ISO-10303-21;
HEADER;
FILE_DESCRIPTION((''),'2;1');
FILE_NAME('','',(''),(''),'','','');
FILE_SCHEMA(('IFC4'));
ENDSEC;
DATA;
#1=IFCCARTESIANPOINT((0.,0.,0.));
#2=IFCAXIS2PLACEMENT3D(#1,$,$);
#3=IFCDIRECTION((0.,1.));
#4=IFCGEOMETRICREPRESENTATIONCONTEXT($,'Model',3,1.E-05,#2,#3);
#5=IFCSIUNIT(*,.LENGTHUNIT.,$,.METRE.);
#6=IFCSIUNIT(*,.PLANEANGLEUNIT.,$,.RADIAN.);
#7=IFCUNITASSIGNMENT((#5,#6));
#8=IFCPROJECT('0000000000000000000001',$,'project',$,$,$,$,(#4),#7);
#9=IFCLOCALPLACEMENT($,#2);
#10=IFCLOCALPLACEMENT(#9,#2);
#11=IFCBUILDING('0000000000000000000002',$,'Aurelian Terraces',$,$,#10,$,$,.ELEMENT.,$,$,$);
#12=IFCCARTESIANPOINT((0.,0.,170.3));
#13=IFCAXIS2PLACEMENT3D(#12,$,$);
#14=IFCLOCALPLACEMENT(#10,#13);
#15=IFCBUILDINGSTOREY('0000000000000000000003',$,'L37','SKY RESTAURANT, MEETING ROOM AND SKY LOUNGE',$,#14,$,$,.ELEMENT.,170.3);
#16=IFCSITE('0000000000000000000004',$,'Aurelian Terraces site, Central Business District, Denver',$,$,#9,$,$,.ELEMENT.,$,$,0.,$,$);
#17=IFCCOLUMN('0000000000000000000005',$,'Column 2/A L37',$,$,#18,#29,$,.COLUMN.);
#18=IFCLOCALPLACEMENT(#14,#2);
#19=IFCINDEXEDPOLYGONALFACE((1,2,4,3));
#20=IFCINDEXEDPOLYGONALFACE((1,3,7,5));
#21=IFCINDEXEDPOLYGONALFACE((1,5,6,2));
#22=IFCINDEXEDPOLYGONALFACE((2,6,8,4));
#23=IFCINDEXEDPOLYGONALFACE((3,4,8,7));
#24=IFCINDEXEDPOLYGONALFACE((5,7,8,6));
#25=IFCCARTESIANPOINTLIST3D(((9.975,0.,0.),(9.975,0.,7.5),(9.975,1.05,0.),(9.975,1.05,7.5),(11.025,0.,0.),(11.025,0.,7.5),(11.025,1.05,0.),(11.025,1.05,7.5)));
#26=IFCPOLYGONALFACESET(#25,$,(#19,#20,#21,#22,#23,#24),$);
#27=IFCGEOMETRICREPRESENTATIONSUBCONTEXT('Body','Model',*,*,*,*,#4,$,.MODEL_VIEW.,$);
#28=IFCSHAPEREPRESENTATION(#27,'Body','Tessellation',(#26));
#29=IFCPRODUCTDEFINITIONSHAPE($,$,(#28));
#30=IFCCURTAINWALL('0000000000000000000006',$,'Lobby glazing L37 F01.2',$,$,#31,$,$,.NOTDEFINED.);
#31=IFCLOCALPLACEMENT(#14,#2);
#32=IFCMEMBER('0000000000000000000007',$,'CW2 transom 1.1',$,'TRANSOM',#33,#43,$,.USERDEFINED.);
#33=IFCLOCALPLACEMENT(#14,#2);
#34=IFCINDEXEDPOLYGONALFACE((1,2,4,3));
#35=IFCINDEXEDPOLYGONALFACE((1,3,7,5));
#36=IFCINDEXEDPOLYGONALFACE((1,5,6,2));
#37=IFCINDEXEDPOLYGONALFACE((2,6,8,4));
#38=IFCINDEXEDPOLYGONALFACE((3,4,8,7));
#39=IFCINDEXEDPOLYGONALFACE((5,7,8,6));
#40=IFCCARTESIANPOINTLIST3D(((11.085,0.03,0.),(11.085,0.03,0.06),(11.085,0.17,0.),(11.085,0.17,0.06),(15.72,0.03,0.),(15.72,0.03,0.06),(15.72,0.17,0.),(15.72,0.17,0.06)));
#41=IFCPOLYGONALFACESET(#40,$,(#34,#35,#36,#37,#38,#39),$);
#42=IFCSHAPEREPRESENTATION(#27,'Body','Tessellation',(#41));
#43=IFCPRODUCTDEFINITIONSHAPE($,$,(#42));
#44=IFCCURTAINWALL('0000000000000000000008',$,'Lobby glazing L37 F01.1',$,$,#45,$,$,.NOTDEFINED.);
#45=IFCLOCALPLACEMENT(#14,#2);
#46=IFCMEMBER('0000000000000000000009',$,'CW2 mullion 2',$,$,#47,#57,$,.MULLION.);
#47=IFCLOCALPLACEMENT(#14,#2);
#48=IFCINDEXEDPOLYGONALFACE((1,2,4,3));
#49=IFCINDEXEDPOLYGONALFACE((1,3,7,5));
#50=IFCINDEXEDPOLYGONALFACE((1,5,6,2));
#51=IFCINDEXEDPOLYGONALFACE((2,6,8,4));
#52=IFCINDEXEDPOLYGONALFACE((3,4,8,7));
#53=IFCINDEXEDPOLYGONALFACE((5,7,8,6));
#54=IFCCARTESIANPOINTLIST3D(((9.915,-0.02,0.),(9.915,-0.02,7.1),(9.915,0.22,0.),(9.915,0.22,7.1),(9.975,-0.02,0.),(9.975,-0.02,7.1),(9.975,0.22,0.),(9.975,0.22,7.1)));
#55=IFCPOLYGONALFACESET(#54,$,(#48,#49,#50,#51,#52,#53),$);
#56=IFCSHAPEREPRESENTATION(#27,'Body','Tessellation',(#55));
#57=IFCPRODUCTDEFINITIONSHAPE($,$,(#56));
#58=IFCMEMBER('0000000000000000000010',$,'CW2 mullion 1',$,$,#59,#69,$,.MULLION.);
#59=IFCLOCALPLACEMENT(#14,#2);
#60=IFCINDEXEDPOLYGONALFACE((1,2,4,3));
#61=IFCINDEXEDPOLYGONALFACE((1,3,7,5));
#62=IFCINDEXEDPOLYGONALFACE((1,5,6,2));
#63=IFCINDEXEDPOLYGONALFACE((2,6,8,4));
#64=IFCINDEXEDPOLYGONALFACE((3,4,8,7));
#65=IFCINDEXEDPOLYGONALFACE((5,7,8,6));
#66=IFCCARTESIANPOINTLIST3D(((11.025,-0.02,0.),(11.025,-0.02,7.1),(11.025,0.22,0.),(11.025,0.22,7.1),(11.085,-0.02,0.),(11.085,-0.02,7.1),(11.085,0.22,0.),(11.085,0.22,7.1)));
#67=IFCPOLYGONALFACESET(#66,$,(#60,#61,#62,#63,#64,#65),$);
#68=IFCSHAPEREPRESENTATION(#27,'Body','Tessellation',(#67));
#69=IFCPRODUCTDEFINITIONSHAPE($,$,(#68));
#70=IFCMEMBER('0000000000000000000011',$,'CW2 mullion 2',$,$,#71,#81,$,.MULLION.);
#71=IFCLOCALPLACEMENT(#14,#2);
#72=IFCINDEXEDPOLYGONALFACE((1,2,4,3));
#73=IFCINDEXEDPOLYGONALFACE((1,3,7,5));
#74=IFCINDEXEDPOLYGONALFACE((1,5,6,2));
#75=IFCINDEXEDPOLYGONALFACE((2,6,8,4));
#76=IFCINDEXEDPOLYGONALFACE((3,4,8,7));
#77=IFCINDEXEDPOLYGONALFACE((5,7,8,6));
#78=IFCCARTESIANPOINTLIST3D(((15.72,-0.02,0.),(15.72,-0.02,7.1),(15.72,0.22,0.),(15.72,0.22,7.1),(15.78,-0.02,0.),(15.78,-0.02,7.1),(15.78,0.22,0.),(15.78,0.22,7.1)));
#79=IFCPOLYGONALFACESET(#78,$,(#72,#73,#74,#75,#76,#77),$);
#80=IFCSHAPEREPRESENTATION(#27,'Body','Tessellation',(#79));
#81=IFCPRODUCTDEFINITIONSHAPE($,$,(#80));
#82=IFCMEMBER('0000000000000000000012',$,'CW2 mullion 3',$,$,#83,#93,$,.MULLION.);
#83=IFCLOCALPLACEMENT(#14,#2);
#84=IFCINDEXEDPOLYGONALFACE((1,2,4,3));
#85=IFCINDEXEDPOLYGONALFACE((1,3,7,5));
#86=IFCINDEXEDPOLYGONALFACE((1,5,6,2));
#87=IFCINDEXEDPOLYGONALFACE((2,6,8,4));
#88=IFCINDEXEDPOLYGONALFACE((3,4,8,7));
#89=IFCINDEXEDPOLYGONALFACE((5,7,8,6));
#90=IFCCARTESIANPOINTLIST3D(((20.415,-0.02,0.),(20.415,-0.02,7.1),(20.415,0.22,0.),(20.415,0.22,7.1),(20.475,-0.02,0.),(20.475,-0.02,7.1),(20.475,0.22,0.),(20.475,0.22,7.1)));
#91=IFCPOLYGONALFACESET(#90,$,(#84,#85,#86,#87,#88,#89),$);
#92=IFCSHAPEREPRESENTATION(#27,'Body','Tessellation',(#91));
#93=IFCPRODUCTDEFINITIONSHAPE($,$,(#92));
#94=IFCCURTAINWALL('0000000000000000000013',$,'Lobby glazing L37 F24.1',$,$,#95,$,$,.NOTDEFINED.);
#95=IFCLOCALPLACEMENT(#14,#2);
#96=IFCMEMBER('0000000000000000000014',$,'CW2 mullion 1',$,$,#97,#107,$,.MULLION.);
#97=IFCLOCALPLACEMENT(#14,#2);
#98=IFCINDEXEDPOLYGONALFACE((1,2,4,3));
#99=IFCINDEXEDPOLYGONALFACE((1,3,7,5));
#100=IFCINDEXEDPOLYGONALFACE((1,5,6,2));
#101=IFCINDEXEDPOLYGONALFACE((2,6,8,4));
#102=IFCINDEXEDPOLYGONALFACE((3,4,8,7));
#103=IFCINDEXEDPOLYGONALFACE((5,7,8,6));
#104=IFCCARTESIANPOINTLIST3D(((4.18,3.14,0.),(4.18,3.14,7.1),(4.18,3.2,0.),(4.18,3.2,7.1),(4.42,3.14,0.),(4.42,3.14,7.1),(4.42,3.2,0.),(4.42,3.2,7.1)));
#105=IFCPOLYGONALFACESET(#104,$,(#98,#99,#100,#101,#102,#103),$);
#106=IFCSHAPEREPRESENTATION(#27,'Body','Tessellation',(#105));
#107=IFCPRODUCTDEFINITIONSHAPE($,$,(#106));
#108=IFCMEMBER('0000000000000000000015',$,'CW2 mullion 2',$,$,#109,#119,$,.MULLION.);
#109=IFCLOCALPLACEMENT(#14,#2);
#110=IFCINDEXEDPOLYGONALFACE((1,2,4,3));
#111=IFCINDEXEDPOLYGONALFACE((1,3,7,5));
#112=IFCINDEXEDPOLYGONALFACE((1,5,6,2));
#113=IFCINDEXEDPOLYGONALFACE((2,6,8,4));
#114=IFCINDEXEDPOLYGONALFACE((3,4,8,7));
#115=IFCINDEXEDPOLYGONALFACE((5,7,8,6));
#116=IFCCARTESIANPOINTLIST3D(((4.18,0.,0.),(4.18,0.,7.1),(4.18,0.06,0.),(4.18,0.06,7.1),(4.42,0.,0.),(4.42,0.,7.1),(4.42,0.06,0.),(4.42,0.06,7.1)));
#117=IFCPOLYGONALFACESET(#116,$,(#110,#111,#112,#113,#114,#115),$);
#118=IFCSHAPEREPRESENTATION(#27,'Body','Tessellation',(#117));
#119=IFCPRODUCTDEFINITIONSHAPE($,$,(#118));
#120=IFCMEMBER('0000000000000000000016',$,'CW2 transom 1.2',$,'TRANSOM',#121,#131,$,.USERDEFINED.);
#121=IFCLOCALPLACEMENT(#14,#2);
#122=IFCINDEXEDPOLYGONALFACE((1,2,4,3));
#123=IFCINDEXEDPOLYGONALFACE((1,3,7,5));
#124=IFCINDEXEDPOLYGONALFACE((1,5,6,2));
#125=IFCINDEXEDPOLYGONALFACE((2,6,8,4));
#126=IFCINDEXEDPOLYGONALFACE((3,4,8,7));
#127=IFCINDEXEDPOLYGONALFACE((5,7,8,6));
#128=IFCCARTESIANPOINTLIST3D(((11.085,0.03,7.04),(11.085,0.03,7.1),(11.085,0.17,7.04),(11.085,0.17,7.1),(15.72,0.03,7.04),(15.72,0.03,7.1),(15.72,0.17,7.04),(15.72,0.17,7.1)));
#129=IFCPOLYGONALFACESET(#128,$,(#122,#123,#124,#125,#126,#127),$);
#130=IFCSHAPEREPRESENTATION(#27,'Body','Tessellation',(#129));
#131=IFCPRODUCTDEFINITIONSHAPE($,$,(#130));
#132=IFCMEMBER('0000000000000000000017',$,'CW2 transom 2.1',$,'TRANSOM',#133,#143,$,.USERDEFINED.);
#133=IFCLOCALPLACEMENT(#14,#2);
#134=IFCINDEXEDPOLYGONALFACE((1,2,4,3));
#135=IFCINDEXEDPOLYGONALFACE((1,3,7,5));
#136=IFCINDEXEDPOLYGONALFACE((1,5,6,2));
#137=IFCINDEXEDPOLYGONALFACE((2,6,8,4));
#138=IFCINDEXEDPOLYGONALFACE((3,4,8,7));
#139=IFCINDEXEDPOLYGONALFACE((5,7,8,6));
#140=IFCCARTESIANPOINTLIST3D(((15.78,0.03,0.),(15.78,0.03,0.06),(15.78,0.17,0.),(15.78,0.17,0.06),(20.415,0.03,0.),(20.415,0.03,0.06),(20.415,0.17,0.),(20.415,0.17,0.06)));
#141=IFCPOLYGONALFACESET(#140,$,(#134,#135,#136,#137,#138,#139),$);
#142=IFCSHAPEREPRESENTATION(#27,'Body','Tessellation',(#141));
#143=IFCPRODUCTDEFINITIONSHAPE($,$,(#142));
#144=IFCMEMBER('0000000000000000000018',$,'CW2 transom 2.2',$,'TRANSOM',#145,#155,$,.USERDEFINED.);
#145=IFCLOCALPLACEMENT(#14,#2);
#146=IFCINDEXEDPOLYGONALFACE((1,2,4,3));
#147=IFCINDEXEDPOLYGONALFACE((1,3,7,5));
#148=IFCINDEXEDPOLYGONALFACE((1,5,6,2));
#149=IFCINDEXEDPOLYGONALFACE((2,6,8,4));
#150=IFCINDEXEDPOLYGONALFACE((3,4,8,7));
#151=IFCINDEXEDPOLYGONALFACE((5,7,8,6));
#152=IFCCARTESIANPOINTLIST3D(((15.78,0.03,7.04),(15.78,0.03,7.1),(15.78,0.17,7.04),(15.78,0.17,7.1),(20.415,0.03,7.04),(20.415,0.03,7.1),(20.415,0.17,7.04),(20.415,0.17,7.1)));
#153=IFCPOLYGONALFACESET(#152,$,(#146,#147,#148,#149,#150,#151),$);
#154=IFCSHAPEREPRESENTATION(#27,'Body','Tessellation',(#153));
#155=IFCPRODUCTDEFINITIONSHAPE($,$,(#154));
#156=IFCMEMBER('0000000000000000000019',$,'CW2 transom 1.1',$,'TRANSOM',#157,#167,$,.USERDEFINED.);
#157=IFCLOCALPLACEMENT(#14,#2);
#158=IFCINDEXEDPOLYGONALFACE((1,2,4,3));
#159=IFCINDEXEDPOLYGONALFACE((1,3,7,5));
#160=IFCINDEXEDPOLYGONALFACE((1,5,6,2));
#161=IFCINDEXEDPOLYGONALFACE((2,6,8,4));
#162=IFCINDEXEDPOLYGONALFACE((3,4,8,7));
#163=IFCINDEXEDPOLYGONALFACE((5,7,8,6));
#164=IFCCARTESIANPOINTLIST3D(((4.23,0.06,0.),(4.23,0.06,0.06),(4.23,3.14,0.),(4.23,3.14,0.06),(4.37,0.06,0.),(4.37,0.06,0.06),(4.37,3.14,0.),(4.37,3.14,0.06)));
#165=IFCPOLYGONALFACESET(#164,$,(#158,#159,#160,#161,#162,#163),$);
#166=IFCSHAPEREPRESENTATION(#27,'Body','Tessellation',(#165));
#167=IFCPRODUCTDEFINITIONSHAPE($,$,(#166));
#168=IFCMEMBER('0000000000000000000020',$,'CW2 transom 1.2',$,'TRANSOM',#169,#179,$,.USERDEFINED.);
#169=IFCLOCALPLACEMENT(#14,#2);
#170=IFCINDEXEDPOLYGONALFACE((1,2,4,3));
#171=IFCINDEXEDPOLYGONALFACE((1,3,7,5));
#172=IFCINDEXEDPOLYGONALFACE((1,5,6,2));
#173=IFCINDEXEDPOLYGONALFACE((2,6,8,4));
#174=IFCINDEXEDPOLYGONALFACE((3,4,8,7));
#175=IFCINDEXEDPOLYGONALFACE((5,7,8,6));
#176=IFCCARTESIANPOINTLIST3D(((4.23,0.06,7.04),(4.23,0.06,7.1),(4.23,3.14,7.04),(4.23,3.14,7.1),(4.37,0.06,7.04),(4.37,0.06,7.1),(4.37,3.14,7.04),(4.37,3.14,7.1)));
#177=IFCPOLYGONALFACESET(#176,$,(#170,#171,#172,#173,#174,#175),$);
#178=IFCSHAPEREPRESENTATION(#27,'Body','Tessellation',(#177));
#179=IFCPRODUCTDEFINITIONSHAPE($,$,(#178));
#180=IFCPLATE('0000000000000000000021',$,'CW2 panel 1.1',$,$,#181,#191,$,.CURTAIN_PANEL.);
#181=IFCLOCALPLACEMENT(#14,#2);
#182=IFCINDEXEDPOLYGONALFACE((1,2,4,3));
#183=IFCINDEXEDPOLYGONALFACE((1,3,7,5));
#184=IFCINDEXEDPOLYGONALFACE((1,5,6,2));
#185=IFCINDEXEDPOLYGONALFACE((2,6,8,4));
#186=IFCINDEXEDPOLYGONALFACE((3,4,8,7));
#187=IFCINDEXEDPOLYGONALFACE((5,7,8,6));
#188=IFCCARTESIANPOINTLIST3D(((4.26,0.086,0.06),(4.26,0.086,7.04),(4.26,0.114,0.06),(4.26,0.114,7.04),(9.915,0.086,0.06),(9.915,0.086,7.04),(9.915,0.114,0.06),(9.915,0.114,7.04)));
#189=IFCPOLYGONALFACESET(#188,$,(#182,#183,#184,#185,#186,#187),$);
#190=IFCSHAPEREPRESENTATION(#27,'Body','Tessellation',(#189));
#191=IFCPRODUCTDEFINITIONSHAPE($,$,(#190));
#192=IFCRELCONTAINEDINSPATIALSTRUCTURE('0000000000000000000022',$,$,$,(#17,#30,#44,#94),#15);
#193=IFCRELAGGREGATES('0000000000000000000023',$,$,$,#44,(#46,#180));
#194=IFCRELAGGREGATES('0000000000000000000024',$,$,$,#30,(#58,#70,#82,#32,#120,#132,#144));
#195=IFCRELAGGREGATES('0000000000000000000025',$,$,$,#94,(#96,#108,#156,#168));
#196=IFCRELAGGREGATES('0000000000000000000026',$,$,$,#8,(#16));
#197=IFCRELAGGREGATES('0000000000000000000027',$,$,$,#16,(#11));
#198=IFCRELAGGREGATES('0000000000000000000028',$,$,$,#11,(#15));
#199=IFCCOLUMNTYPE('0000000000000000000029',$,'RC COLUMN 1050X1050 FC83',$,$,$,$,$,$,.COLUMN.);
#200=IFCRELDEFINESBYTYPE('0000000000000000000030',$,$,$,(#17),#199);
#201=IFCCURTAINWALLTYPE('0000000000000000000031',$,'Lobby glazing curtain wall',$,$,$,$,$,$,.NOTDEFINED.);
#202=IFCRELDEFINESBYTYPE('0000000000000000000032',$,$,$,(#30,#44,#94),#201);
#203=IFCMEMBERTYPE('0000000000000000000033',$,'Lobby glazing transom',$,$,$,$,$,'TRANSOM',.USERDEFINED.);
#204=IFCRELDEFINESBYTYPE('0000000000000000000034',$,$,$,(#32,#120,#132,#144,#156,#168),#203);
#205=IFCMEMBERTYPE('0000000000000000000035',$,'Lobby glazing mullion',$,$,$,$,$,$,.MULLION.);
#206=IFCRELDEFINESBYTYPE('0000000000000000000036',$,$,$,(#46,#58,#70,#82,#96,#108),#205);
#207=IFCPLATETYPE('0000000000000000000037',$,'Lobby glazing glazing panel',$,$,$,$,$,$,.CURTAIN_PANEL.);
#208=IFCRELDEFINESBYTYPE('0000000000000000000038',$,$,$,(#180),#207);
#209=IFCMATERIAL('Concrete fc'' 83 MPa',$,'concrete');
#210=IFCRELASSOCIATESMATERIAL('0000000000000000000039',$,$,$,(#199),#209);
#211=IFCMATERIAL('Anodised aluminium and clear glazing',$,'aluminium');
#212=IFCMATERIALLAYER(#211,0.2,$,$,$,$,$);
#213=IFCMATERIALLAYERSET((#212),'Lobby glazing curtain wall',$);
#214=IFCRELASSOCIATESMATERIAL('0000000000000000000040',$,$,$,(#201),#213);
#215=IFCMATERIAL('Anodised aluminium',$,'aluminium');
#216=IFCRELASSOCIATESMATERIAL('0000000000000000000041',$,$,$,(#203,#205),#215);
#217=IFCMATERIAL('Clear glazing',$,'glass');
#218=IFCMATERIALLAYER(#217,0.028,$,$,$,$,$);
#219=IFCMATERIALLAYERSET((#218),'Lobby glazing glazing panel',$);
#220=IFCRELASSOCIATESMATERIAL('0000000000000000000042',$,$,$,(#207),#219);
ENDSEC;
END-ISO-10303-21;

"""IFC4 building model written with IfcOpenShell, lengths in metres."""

from ifc_helpers import new_model, si_unit, direction, frame, origin, origin_2d, place, context, subcontext, project, spatial, rectangle, extrude, source, transform, mapped, material, layer, layer_set, material_profile, profile_set, type_object, element, aggregate, save


model = new_model("IFC4")

# Units and contexts
model_context = context("Model", 3, precision=1e-05, world=origin(), true_north=direction((0.0, 1.0)))
body_context = subcontext(model_context, "Body", "Model", "MODEL_VIEW")
ifc_project = project(units=[si_unit("LENGTHUNIT", "METRE"), si_unit("PLANEANGLEUNIT", "RADIAN")], contexts=[model_context])

# Site, building, storey
site_placement = place(None, origin())
site = spatial("IfcSite", under=ifc_project, at=site_placement, Name="Aurelian Terraces site, Central Business District, Denver", CompositionType="ELEMENT", RefElevation=0.0)
building_placement = place(site_placement, origin())
building = spatial("IfcBuilding", under=site, at=building_placement, Name="Aurelian Terraces", CompositionType="ELEMENT")
storey_placement = place(building_placement, frame((0.0, 0.0, 170.3)))
storey = spatial("IfcBuildingStorey", under=building, at=storey_placement, Name="L37", Description="SKY RESTAURANT, MEETING ROOM AND SKY LOUNGE", CompositionType="ELEMENT", Elevation=170.3)

# Column
ifc_material_1 = material(Name="Concrete fc' 83 MPa", Category="concrete")
ifc_material_profile_1 = material_profile(ifc_material_1, rectangle(XDim=1.05, YDim=1.05, at=origin_2d()))
ifc_profile_set_1 = profile_set([ifc_material_profile_1], Name="Concrete fc' 83 MPa")
column_type = type_object("IfcColumnType", Name="RC COLUMN 1050X1050 FC83", PredefinedType="COLUMN", material=ifc_profile_set_1)
column_placement = place(storey_placement, frame((10.5, 0.525, 0.0), z_axis=(0.0, 0.0, 1.0), x_axis=(1.0, 0.0, 0.0)))
element("IfcColumn", 1, at=column_placement, inside=storey, type_object=column_type, Name="Column 2/A L37", PredefinedType="COLUMN", context=body_context, shape_type="SweptSolid", body=[
    extrude(rectangle(XDim=1.05, YDim=1.05, at=origin_2d()), origin(), (0.0, 0.0, 1.0), 7.5),
])

# Curtain walls, members
ifc_material_2 = material(Name="Anodised aluminium and clear glazing", Category="aluminium")
ifc_layer_1 = layer(ifc_material_2, 0.2)
ifc_layer_set_1 = layer_set([ifc_layer_1], Name="Lobby glazing curtain wall")
curtain_wall_type = type_object("IfcCurtainWallType", Name="Lobby glazing curtain wall", PredefinedType="NOTDEFINED", material=ifc_layer_set_1)
curtain_wall_1_placement = place(storey_placement, origin())
curtain_wall_1 = element("IfcCurtainWall", 2, at=curtain_wall_1_placement, inside=storey, type_object=curtain_wall_type, Name="Lobby glazing L37 F01.2", PredefinedType="NOTDEFINED")
ifc_material_3 = material(Name="Anodised aluminium", Category="aluminium")
ifc_material_profile_2 = material_profile(ifc_material_3, rectangle(XDim=0.14, YDim=0.06, at=origin_2d()))
ifc_profile_set_2 = profile_set([ifc_material_profile_2], Name="Anodised aluminium")
member_type_1 = type_object("IfcMemberType", Name="Lobby glazing transom", ElementType="TRANSOM", PredefinedType="USERDEFINED", material=ifc_profile_set_2)
member_1_placement = place(storey_placement, frame((11.085, 0.1, 0.03), z_axis=(1.0, 0.0, 0.0), x_axis=(0.0, 1.0, 0.0)))
member_1 = element("IfcMember", 3, at=member_1_placement, type_object=member_type_1, Name="CW2 transom 1.1", ObjectType="TRANSOM", PredefinedType="USERDEFINED", context=body_context, shape_type="SweptSolid", body=[
    extrude(rectangle(XDim=0.14, YDim=0.06, at=origin_2d()), origin(), (0.0, 0.0, 1.0), 4.635),
])
curtain_wall_2_placement = place(storey_placement, origin())
curtain_wall_2 = element("IfcCurtainWall", 4, at=curtain_wall_2_placement, inside=storey, type_object=curtain_wall_type, Name="Lobby glazing L37 F01.1", PredefinedType="NOTDEFINED")
ifc_material_profile_3 = material_profile(ifc_material_3, rectangle(XDim=0.24, YDim=0.06, at=origin_2d()))
ifc_profile_set_3 = profile_set([ifc_material_profile_3], Name="Anodised aluminium")
member_type_2 = type_object("IfcMemberType", Name="Lobby glazing mullion", PredefinedType="MULLION", material=ifc_profile_set_3)
shared_shape_1 = source(origin(), body_context, "Body", "SweptSolid", [
    extrude(rectangle(XDim=0.24, YDim=0.06, at=origin_2d()), origin(), (0.0, 0.0, 1.0), 7.1),
])
member_2_placement = place(storey_placement, frame((9.945, 0.1, 0.0), z_axis=(0.0, 0.0, 1.0), x_axis=(0.0, 1.0, 0.0)))
member_2 = element("IfcMember", 5, at=member_2_placement, type_object=member_type_2, Name="CW2 mullion 2", PredefinedType="MULLION", context=body_context, shape_type="MappedRepresentation", body=[
    mapped(shared_shape_1, transform((0.0, 0.0, 0.0), scale=1.0)),
])

# Members
member_3_placement = place(storey_placement, frame((11.055, 0.1, 0.0), z_axis=(0.0, 0.0, 1.0), x_axis=(0.0, 1.0, 0.0)))
member_3 = element("IfcMember", 6, at=member_3_placement, type_object=member_type_2, Name="CW2 mullion 1", PredefinedType="MULLION", context=body_context, shape_type="MappedRepresentation", body=[
    mapped(shared_shape_1, transform((0.0, 0.0, 0.0), scale=1.0)),
])
member_4_placement = place(storey_placement, frame((15.75, 0.1, 0.0), z_axis=(0.0, 0.0, 1.0), x_axis=(0.0, 1.0, 0.0)))
member_4 = element("IfcMember", 7, at=member_4_placement, type_object=member_type_2, Name="CW2 mullion 2", PredefinedType="MULLION", context=body_context, shape_type="MappedRepresentation", body=[
    mapped(shared_shape_1, transform((0.0, 0.0, 0.0), scale=1.0)),
])
member_5_placement = place(storey_placement, frame((20.445, 0.1, 0.0), z_axis=(0.0, 0.0, 1.0), x_axis=(0.0, 1.0, 0.0)))
member_5 = element("IfcMember", 8, at=member_5_placement, type_object=member_type_2, Name="CW2 mullion 3", PredefinedType="MULLION", context=body_context, shape_type="MappedRepresentation", body=[
    mapped(shared_shape_1, transform((0.0, 0.0, 0.0), scale=1.0)),
])

# Curtain wall, members
curtain_wall_3_placement = place(storey_placement, origin())
curtain_wall_3 = element("IfcCurtainWall", 9, at=curtain_wall_3_placement, inside=storey, type_object=curtain_wall_type, Name="Lobby glazing L37 F24.1", PredefinedType="NOTDEFINED")
member_6_placement = place(storey_placement, frame((4.3, 3.17, 0.0), z_axis=(0.0, 0.0, 1.0), x_axis=(1.0, 0.0, 0.0)))
member_6 = element("IfcMember", 10, at=member_6_placement, type_object=member_type_2, Name="CW2 mullion 1", PredefinedType="MULLION", context=body_context, shape_type="MappedRepresentation", body=[
    mapped(shared_shape_1, transform((0.0, 0.0, 0.0), scale=1.0)),
])
member_7_placement = place(storey_placement, frame((4.3, 0.03, 0.0), z_axis=(0.0, 0.0, 1.0), x_axis=(1.0, 0.0, 0.0)))
member_7 = element("IfcMember", 11, at=member_7_placement, type_object=member_type_2, Name="CW2 mullion 2", PredefinedType="MULLION", context=body_context, shape_type="MappedRepresentation", body=[
    mapped(shared_shape_1, transform((0.0, 0.0, 0.0), scale=1.0)),
])

# Members
shared_shape_2 = source(origin(), body_context, "Body", "SweptSolid", [
    extrude(rectangle(XDim=0.14, YDim=0.06, at=origin_2d()), origin(), (0.0, 0.0, 1.0), 4.635),
])
member_8_placement = place(storey_placement, frame((11.085, 0.1, 7.07), z_axis=(1.0, 0.0, 0.0), x_axis=(0.0, 1.0, 0.0)))
member_8 = element("IfcMember", 12, at=member_8_placement, type_object=member_type_1, Name="CW2 transom 1.2", ObjectType="TRANSOM", PredefinedType="USERDEFINED", context=body_context, shape_type="MappedRepresentation", body=[
    mapped(shared_shape_2, transform((0.0, 0.0, 0.0), scale=1.0)),
])
member_9_placement = place(storey_placement, frame((15.78, 0.1, 0.03), z_axis=(1.0, 0.0, 0.0), x_axis=(0.0, 1.0, 0.0)))
member_9 = element("IfcMember", 13, at=member_9_placement, type_object=member_type_1, Name="CW2 transom 2.1", ObjectType="TRANSOM", PredefinedType="USERDEFINED", context=body_context, shape_type="MappedRepresentation", body=[
    mapped(shared_shape_2, transform((0.0, 0.0, 0.0), scale=1.0)),
])
member_10_placement = place(storey_placement, frame((15.78, 0.1, 7.07), z_axis=(1.0, 0.0, 0.0), x_axis=(0.0, 1.0, 0.0)))
member_10 = element("IfcMember", 14, at=member_10_placement, type_object=member_type_1, Name="CW2 transom 2.2", ObjectType="TRANSOM", PredefinedType="USERDEFINED", context=body_context, shape_type="MappedRepresentation", body=[
    mapped(shared_shape_2, transform((0.0, 0.0, 0.0), scale=1.0)),
])
shared_shape_3 = source(origin(), body_context, "Body", "SweptSolid", [
    extrude(rectangle(XDim=0.14, YDim=0.06, at=origin_2d()), origin(), (0.0, 0.0, 1.0), 3.08),
])
member_11_placement = place(storey_placement, frame((4.3, 3.14, 0.03), z_axis=(0.0, -1.0, 0.0), x_axis=(1.0, 0.0, 0.0)))
member_11 = element("IfcMember", 15, at=member_11_placement, type_object=member_type_1, Name="CW2 transom 1.1", ObjectType="TRANSOM", PredefinedType="USERDEFINED", context=body_context, shape_type="MappedRepresentation", body=[
    mapped(shared_shape_3, transform((0.0, 0.0, 0.0), scale=1.0)),
])
member_12_placement = place(storey_placement, frame((4.3, 3.14, 7.07), z_axis=(0.0, -1.0, 0.0), x_axis=(1.0, 0.0, 0.0)))
member_12 = element("IfcMember", 16, at=member_12_placement, type_object=member_type_1, Name="CW2 transom 1.2", ObjectType="TRANSOM", PredefinedType="USERDEFINED", context=body_context, shape_type="MappedRepresentation", body=[
    mapped(shared_shape_3, transform((0.0, 0.0, 0.0), scale=1.0)),
])

# Plate
ifc_material_4 = material(Name="Clear glazing", Category="glass")
ifc_layer_2 = layer(ifc_material_4, 0.028)
ifc_layer_set_2 = layer_set([ifc_layer_2], Name="Lobby glazing glazing panel")
plate_type = type_object("IfcPlateType", Name="Lobby glazing glazing panel", PredefinedType="CURTAIN_PANEL", material=ifc_layer_set_2)
plate_1_placement = place(storey_placement, frame((7.0875, 0.1, 0.06), z_axis=(0.0, 0.0, 1.0), x_axis=(1.0, 0.0, 0.0)))
plate_1 = element("IfcPlate", 17, at=plate_1_placement, type_object=plate_type, Name="CW2 panel 1.1", PredefinedType="CURTAIN_PANEL", context=body_context, shape_type="SweptSolid", body=[
    extrude(rectangle(XDim=5.655, YDim=0.028, at=origin_2d()), origin(), (0.0, 0.0, 1.0), 6.98),
])
aggregate(curtain_wall_2, [member_2, plate_1])
aggregate(curtain_wall_1, [member_3, member_4, member_5, member_1, member_8, member_9, member_10])
aggregate(curtain_wall_3, [member_6, member_7, member_11, member_12])

save(model, "model.ifc")
